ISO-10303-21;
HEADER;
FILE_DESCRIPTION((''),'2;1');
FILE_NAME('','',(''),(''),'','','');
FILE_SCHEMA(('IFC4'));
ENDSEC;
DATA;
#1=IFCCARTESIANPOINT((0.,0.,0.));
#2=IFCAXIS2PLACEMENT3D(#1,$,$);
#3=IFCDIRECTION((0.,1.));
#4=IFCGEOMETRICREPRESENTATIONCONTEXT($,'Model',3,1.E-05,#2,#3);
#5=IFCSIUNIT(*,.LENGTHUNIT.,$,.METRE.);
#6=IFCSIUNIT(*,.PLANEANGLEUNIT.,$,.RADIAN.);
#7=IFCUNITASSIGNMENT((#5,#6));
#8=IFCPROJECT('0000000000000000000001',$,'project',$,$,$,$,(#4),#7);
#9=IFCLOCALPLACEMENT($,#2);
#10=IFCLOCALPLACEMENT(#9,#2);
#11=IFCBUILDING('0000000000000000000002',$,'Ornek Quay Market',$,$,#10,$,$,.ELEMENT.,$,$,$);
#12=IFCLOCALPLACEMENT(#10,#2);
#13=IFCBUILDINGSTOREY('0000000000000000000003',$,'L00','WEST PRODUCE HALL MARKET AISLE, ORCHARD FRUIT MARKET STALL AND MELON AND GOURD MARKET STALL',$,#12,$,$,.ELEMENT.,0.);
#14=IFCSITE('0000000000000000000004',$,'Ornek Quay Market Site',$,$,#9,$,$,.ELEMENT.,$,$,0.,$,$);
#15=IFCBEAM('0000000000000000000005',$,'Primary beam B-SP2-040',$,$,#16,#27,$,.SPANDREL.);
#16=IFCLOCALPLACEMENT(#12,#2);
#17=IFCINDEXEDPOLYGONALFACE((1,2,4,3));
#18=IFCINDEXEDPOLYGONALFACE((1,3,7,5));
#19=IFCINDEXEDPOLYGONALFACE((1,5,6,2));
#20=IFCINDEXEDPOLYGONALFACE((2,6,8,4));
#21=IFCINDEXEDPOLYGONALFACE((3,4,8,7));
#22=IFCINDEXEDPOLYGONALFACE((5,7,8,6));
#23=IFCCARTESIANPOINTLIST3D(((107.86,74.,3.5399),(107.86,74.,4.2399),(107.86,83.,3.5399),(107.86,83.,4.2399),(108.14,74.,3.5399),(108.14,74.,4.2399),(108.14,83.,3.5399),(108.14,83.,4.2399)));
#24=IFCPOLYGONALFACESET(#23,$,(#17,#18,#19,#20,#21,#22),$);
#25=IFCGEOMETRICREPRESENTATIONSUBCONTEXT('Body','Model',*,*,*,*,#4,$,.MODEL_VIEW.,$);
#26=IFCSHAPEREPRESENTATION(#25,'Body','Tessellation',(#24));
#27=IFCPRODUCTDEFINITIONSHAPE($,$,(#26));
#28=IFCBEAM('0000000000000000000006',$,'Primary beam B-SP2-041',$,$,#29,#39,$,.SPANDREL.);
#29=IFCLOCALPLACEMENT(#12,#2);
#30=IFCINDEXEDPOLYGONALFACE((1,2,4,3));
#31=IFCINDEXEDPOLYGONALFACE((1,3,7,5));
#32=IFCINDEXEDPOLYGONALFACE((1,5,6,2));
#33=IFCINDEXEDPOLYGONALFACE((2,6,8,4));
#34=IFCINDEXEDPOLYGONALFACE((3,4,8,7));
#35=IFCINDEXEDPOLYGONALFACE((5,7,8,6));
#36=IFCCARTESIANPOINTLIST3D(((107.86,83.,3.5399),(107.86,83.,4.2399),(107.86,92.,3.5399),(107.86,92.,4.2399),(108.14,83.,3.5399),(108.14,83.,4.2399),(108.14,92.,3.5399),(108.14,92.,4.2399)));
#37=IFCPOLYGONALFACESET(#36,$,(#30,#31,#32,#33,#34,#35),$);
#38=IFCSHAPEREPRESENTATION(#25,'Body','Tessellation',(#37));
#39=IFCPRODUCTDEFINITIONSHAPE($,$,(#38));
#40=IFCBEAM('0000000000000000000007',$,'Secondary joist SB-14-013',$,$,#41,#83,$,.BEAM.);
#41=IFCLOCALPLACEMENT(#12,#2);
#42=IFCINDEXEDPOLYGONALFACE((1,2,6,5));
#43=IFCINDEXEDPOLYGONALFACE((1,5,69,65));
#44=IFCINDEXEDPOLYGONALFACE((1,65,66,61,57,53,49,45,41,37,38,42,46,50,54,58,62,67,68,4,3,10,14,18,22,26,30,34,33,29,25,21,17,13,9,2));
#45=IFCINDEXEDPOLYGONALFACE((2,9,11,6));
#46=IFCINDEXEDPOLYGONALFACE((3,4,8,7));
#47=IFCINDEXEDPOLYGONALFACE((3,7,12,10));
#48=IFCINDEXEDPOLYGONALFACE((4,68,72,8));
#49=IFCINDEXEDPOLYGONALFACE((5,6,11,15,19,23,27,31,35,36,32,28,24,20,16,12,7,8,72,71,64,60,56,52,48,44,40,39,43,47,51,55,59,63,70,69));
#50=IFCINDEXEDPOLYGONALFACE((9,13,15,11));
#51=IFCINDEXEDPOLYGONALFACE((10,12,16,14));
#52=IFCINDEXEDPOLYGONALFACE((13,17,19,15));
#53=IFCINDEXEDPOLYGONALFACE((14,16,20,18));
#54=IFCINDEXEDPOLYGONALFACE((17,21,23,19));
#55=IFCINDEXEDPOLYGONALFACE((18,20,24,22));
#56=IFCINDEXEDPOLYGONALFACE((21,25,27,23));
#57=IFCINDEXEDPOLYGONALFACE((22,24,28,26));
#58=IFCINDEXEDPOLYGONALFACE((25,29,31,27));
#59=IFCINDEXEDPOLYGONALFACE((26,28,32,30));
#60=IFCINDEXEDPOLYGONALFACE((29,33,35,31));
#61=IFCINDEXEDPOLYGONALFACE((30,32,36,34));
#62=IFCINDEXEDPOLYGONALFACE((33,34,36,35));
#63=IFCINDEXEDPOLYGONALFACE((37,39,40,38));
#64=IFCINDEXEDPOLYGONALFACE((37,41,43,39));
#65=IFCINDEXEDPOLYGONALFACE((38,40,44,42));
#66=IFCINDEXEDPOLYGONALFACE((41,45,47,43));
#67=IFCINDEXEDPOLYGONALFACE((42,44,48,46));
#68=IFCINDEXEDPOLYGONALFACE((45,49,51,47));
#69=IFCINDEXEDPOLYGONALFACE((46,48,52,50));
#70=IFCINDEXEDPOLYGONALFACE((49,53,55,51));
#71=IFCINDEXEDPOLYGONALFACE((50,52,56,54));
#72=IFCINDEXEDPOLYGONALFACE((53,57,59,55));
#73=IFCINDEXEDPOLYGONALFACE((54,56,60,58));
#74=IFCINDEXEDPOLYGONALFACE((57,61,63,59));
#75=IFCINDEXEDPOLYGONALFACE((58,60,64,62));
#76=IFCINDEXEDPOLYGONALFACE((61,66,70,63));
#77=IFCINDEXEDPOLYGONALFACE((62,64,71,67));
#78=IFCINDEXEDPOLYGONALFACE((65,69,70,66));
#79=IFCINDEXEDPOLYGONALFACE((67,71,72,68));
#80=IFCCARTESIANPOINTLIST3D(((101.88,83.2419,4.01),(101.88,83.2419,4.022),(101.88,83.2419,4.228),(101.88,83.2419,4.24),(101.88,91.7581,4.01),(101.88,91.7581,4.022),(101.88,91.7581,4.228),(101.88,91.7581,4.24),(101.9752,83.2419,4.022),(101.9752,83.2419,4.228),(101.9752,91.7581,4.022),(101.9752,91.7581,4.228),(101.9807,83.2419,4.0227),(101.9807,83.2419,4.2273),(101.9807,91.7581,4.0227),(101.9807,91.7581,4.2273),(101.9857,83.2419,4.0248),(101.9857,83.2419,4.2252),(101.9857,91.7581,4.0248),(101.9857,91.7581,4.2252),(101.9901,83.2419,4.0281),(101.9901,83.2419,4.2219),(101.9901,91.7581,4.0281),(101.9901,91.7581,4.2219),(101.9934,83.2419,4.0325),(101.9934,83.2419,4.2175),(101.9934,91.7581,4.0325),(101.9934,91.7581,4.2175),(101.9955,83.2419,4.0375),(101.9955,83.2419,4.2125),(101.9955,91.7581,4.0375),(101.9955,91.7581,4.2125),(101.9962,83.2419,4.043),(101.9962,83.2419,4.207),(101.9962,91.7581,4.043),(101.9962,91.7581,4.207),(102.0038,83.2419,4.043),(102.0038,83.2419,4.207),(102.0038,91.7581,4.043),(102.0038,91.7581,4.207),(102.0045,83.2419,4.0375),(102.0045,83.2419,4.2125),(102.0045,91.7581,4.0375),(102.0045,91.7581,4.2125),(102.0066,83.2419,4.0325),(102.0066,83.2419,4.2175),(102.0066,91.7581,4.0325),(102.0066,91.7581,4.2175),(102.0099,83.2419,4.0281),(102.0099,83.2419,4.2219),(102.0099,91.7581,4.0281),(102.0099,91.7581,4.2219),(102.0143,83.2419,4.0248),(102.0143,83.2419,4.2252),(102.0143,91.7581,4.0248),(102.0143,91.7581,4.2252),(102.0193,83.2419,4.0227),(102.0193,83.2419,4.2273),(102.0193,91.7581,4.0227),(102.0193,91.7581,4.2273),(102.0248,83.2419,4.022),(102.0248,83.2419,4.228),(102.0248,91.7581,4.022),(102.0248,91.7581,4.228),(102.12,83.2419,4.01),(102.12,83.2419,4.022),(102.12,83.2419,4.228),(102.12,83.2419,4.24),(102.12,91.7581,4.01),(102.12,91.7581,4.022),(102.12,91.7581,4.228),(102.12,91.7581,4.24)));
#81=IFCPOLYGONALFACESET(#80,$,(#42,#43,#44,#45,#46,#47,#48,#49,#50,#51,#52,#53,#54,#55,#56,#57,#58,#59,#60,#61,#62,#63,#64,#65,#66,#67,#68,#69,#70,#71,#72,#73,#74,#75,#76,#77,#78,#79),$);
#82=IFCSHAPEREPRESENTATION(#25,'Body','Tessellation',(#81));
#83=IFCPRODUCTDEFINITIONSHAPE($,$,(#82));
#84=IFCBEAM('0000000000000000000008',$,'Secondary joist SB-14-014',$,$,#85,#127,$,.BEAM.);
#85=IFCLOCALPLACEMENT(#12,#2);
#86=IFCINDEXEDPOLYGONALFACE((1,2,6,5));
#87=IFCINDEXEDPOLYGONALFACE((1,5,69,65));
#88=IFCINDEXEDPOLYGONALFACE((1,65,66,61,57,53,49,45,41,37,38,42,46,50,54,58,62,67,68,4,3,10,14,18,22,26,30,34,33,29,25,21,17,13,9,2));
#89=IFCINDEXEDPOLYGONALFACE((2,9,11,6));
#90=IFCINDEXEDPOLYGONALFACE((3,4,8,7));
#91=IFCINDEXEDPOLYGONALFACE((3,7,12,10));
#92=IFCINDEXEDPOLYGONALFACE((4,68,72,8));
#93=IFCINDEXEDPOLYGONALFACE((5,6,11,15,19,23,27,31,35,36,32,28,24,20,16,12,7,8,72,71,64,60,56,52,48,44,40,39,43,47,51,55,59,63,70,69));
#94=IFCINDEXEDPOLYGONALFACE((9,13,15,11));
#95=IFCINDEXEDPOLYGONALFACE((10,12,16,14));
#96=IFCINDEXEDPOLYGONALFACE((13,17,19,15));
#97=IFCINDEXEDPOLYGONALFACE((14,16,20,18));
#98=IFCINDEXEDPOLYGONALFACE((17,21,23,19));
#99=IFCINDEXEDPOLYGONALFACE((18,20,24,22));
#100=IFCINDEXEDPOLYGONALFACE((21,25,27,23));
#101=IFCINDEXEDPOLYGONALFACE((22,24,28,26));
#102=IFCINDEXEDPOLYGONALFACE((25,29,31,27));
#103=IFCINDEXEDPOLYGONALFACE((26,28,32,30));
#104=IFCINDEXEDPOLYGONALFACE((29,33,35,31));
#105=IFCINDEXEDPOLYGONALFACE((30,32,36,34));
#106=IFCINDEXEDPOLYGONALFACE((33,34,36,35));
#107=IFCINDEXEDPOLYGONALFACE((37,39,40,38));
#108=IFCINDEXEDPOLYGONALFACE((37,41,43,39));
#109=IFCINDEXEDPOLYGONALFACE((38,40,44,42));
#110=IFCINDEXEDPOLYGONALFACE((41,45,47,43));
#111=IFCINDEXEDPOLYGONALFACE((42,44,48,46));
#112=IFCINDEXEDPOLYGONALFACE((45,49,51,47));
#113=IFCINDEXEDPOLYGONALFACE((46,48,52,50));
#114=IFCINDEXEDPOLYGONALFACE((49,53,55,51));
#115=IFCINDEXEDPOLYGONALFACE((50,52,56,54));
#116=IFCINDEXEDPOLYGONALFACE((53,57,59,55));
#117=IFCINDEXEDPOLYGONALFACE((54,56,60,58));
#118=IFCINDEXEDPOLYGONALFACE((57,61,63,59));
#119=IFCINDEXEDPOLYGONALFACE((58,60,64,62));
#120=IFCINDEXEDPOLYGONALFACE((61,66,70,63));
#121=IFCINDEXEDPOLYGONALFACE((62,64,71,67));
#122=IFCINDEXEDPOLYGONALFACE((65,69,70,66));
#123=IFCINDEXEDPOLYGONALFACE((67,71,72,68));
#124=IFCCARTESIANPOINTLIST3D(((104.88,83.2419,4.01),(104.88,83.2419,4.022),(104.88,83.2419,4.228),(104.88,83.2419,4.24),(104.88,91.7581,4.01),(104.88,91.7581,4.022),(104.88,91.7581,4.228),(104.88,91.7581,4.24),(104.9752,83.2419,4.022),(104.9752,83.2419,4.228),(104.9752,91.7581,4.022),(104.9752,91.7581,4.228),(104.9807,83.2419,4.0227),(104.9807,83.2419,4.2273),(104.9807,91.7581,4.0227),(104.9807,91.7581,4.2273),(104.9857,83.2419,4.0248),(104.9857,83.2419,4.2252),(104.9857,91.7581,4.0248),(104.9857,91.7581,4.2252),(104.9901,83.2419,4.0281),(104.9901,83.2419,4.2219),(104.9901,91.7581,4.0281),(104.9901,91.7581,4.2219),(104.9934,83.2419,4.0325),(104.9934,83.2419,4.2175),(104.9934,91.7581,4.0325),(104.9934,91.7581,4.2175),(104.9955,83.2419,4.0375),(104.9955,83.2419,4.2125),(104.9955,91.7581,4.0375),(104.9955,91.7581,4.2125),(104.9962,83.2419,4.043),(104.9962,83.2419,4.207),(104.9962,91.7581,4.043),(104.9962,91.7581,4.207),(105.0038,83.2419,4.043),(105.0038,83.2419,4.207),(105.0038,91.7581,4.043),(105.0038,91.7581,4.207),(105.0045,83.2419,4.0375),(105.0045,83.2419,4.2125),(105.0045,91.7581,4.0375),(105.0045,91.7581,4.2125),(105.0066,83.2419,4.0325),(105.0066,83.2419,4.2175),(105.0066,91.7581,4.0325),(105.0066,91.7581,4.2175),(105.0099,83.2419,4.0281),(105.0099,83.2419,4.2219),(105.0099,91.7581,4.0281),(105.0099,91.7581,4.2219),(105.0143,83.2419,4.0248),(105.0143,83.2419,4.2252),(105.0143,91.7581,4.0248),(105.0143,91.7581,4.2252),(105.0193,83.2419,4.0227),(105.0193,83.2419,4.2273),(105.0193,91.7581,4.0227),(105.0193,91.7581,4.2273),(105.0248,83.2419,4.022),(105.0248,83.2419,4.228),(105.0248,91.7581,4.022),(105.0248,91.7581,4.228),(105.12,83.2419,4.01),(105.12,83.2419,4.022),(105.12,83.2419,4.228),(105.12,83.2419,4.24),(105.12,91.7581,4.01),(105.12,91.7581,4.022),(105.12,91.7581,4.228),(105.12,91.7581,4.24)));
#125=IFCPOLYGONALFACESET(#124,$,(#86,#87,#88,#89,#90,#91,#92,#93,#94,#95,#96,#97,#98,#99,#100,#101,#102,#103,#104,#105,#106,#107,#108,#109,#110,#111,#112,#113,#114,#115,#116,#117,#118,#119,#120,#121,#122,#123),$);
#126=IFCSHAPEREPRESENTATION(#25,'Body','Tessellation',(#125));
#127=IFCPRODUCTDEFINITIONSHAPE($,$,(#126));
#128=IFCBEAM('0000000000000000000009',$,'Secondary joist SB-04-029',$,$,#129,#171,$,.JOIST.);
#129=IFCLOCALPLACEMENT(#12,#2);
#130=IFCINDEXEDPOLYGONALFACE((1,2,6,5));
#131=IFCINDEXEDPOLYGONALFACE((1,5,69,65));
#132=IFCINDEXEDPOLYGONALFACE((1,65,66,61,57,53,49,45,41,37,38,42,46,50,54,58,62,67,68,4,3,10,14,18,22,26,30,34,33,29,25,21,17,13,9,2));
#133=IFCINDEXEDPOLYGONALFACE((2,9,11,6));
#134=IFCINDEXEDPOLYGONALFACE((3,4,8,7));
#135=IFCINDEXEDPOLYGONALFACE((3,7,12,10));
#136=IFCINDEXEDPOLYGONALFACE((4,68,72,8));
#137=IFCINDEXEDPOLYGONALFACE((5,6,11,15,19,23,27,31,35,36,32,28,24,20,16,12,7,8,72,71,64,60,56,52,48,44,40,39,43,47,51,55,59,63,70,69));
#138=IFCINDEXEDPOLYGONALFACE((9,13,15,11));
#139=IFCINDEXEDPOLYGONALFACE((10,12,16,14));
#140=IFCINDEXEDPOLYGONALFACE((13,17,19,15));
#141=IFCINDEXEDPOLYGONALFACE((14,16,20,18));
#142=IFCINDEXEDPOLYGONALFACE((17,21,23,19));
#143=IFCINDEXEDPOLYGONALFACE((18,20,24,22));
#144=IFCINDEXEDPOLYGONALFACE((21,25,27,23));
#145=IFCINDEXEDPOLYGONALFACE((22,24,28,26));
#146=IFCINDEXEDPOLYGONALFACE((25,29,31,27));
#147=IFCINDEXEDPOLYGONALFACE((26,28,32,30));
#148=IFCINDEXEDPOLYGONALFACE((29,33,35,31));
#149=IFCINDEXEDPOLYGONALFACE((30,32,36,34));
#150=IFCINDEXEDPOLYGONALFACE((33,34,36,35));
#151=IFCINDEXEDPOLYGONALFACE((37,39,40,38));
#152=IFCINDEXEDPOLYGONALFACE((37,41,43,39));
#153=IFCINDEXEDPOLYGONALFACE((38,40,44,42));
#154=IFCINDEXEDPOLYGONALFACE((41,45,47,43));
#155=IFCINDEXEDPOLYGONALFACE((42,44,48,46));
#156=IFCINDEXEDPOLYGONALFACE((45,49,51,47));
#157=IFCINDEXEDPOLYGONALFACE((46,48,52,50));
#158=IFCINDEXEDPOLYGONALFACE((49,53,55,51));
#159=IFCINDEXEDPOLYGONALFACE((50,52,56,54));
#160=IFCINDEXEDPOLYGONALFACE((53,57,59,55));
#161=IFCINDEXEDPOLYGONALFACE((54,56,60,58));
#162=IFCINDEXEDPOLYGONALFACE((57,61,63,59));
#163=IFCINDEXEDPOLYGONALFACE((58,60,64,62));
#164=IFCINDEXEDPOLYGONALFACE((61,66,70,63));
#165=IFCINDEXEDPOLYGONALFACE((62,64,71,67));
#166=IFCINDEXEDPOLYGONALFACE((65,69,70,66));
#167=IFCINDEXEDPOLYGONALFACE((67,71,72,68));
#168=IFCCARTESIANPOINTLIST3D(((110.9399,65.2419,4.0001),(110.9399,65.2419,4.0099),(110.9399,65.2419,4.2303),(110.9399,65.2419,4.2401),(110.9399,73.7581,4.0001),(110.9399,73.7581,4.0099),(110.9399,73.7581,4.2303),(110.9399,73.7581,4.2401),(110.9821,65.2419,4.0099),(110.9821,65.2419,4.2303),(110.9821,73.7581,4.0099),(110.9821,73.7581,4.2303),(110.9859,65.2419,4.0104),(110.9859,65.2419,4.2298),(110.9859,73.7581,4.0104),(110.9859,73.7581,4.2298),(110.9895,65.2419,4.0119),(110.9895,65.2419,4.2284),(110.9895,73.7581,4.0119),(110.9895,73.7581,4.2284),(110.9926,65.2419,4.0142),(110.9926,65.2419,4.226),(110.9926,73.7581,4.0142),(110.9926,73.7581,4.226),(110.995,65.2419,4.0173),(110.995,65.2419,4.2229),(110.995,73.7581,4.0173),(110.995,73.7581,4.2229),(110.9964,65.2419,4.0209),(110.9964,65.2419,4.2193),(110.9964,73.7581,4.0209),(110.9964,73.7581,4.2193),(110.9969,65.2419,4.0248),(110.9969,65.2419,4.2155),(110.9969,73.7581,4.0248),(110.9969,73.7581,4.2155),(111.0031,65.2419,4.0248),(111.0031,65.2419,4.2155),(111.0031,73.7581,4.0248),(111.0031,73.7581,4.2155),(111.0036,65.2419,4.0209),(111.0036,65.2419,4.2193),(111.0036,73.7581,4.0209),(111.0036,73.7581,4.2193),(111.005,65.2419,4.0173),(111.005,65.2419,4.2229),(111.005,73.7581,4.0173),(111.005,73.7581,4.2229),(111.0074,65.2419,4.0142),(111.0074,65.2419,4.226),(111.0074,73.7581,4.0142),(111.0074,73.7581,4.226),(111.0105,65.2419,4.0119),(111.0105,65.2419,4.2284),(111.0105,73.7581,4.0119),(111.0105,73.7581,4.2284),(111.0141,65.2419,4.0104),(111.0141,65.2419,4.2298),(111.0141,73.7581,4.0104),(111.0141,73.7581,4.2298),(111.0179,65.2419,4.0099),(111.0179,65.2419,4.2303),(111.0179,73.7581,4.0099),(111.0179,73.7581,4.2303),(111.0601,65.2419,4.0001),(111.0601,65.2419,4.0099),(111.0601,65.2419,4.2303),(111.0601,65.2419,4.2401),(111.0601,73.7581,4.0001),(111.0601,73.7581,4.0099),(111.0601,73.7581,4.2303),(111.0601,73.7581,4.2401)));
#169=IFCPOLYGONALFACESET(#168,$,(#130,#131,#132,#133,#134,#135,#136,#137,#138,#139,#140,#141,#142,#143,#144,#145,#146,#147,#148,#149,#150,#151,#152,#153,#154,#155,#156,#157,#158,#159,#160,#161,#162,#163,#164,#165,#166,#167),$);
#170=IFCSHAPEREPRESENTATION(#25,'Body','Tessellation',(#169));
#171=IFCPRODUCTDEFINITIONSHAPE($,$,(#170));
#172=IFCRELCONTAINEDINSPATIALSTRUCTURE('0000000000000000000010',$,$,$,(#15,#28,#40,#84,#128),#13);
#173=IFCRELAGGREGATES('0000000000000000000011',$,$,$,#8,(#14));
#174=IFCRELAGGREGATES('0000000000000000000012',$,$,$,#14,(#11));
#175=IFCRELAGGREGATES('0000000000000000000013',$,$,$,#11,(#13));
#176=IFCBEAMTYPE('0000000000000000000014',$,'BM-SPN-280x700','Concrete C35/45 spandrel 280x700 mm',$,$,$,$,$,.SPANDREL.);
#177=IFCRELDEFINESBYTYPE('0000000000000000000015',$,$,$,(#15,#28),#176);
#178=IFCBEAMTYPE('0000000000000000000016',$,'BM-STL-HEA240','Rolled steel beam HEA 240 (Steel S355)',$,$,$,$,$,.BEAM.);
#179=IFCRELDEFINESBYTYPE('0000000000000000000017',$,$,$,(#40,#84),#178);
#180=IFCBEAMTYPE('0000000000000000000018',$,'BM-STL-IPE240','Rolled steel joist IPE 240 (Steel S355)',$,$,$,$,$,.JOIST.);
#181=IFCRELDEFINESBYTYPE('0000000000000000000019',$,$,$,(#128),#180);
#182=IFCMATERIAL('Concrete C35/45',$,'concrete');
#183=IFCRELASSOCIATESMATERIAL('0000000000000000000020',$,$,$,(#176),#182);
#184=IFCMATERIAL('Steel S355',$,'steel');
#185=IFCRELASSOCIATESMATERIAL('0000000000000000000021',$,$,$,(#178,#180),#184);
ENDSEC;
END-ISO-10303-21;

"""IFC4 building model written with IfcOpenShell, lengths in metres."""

from ifc_helpers import new_model, si_unit, direction, frame, origin, origin_2d, place, context, subcontext, project, spatial, rectangle, i_section, extrude, material, material_profile, profile_set, type_object, element, save


model = new_model("IFC4")

# Units and contexts
model_context = context("Model", 3, precision=1e-05, world=origin(), true_north=direction((0.0, 1.0)))
body_context = subcontext(model_context, "Body", "Model", "MODEL_VIEW")
ifc_project = project(units=[si_unit("LENGTHUNIT", "METRE"), si_unit("PLANEANGLEUNIT", "RADIAN")], contexts=[model_context])

# Site, building, storey
site_placement = place(None, origin())
site = spatial("IfcSite", under=ifc_project, at=site_placement, Name="Ornek Quay Market Site", CompositionType="ELEMENT", RefElevation=0.0)
building_placement = place(site_placement, origin())
building = spatial("IfcBuilding", under=site, at=building_placement, Name="Ornek Quay Market", CompositionType="ELEMENT")
storey_placement = place(building_placement, origin())
storey = spatial("IfcBuildingStorey", under=building, at=storey_placement, Name="L00", Description="WEST PRODUCE HALL MARKET AISLE, ORCHARD FRUIT MARKET STALL AND MELON AND GOURD MARKET STALL", CompositionType="ELEMENT", Elevation=0.0)

# Beams
ifc_material_1 = material(Name="Concrete C35/45", Category="concrete")
ifc_material_profile_1 = material_profile(ifc_material_1, rectangle(XDim=0.28, YDim=0.7, at=origin_2d()), Name="RC 280x700", Category="concrete")
ifc_profile_set_1 = profile_set([ifc_material_profile_1], Name="Concrete C35/45")
beam_type_1 = type_object("IfcBeamType", Name="BM-SPN-280x700", Description="Concrete C35/45 spandrel 280x700 mm", PredefinedType="SPANDREL", material=ifc_profile_set_1)
for number, where, z_axis, x_axis, name in (
    (1, (108.0, 74.0, 3.8899), (0.0, 1.0, 0.0), (-1.0, 0.0, 0.0), "Primary beam B-SP2-040"),
    (2, (108.0, 83.0, 3.8899), (0.0, 1.0, 0.0), (-1.0, 0.0, 0.0), "Primary beam B-SP2-041"),
):
    element("IfcBeam", number, at=place(storey_placement, frame(where, z_axis=z_axis, x_axis=x_axis)), inside=storey, type_object=beam_type_1, Name=name, PredefinedType="SPANDREL", context=body_context, shape_type="SweptSolid", body=[
        extrude(rectangle(XDim=0.28, YDim=0.7, at=origin_2d()), origin(), (0.0, 0.0, 1.0), 9.0),
    ])
ifc_material_2 = material(Name="Steel S355", Category="steel")
ifc_material_profile_2 = material_profile(ifc_material_2, i_section(OverallWidth=0.24, OverallDepth=0.23, WebThickness=0.0076, FlangeThickness=0.012, FilletRadius=0.021, at=origin_2d()), Name="HEA 240", Category="steel")
ifc_profile_set_2 = profile_set([ifc_material_profile_2], Name="Steel S355")
beam_type_2 = type_object("IfcBeamType", Name="BM-STL-HEA240", Description="Rolled steel beam HEA 240 (Steel S355)", PredefinedType="BEAM", material=ifc_profile_set_2)
for number, where, z_axis, x_axis, name in (
    (3, (102.0, 83.2419, 4.125), (0.0, 1.0, 0.0), (-1.0, 0.0, 0.0), "Secondary joist SB-14-013"),
    (4, (105.0, 83.2419, 4.125), (0.0, 1.0, 0.0), (-1.0, 0.0, 0.0), "Secondary joist SB-14-014"),
):
    element("IfcBeam", number, at=place(storey_placement, frame(where, z_axis=z_axis, x_axis=x_axis)), inside=storey, type_object=beam_type_2, Name=name, PredefinedType="BEAM", context=body_context, shape_type="SweptSolid", body=[
        extrude(i_section(OverallWidth=0.24, OverallDepth=0.23, WebThickness=0.0076, FlangeThickness=0.012, FilletRadius=0.021, at=origin_2d()), origin(), (0.0, 0.0, 1.0), 8.5161),
    ])
ifc_material_profile_3 = material_profile(ifc_material_2, i_section(OverallWidth=0.1201, OverallDepth=0.24, WebThickness=0.0061, FlangeThickness=0.0098, FilletRadius=0.0149, at=origin_2d()), Name="IPE 240", Category="steel")
ifc_profile_set_3 = profile_set([ifc_material_profile_3], Name="Steel S355")
beam_type_3 = type_object("IfcBeamType", Name="BM-STL-IPE240", Description="Rolled steel joist IPE 240 (Steel S355)", PredefinedType="JOIST", material=ifc_profile_set_3)
beam_1_placement = place(storey_placement, frame((111.0, 65.2419, 4.1201), z_axis=(0.0, 1.0, 0.0), x_axis=(-1.0, 0.0, 0.0)))
element("IfcBeam", 5, at=beam_1_placement, inside=storey, type_object=beam_type_3, Name="Secondary joist SB-04-029", PredefinedType="JOIST", context=body_context, shape_type="SweptSolid", body=[
    extrude(i_section(OverallWidth=0.1201, OverallDepth=0.24, WebThickness=0.0061, FlangeThickness=0.0098, FilletRadius=0.0149, at=origin_2d()), origin(), (0.0, 0.0, 1.0), 8.5161),
])

save(model, "model.ifc")
